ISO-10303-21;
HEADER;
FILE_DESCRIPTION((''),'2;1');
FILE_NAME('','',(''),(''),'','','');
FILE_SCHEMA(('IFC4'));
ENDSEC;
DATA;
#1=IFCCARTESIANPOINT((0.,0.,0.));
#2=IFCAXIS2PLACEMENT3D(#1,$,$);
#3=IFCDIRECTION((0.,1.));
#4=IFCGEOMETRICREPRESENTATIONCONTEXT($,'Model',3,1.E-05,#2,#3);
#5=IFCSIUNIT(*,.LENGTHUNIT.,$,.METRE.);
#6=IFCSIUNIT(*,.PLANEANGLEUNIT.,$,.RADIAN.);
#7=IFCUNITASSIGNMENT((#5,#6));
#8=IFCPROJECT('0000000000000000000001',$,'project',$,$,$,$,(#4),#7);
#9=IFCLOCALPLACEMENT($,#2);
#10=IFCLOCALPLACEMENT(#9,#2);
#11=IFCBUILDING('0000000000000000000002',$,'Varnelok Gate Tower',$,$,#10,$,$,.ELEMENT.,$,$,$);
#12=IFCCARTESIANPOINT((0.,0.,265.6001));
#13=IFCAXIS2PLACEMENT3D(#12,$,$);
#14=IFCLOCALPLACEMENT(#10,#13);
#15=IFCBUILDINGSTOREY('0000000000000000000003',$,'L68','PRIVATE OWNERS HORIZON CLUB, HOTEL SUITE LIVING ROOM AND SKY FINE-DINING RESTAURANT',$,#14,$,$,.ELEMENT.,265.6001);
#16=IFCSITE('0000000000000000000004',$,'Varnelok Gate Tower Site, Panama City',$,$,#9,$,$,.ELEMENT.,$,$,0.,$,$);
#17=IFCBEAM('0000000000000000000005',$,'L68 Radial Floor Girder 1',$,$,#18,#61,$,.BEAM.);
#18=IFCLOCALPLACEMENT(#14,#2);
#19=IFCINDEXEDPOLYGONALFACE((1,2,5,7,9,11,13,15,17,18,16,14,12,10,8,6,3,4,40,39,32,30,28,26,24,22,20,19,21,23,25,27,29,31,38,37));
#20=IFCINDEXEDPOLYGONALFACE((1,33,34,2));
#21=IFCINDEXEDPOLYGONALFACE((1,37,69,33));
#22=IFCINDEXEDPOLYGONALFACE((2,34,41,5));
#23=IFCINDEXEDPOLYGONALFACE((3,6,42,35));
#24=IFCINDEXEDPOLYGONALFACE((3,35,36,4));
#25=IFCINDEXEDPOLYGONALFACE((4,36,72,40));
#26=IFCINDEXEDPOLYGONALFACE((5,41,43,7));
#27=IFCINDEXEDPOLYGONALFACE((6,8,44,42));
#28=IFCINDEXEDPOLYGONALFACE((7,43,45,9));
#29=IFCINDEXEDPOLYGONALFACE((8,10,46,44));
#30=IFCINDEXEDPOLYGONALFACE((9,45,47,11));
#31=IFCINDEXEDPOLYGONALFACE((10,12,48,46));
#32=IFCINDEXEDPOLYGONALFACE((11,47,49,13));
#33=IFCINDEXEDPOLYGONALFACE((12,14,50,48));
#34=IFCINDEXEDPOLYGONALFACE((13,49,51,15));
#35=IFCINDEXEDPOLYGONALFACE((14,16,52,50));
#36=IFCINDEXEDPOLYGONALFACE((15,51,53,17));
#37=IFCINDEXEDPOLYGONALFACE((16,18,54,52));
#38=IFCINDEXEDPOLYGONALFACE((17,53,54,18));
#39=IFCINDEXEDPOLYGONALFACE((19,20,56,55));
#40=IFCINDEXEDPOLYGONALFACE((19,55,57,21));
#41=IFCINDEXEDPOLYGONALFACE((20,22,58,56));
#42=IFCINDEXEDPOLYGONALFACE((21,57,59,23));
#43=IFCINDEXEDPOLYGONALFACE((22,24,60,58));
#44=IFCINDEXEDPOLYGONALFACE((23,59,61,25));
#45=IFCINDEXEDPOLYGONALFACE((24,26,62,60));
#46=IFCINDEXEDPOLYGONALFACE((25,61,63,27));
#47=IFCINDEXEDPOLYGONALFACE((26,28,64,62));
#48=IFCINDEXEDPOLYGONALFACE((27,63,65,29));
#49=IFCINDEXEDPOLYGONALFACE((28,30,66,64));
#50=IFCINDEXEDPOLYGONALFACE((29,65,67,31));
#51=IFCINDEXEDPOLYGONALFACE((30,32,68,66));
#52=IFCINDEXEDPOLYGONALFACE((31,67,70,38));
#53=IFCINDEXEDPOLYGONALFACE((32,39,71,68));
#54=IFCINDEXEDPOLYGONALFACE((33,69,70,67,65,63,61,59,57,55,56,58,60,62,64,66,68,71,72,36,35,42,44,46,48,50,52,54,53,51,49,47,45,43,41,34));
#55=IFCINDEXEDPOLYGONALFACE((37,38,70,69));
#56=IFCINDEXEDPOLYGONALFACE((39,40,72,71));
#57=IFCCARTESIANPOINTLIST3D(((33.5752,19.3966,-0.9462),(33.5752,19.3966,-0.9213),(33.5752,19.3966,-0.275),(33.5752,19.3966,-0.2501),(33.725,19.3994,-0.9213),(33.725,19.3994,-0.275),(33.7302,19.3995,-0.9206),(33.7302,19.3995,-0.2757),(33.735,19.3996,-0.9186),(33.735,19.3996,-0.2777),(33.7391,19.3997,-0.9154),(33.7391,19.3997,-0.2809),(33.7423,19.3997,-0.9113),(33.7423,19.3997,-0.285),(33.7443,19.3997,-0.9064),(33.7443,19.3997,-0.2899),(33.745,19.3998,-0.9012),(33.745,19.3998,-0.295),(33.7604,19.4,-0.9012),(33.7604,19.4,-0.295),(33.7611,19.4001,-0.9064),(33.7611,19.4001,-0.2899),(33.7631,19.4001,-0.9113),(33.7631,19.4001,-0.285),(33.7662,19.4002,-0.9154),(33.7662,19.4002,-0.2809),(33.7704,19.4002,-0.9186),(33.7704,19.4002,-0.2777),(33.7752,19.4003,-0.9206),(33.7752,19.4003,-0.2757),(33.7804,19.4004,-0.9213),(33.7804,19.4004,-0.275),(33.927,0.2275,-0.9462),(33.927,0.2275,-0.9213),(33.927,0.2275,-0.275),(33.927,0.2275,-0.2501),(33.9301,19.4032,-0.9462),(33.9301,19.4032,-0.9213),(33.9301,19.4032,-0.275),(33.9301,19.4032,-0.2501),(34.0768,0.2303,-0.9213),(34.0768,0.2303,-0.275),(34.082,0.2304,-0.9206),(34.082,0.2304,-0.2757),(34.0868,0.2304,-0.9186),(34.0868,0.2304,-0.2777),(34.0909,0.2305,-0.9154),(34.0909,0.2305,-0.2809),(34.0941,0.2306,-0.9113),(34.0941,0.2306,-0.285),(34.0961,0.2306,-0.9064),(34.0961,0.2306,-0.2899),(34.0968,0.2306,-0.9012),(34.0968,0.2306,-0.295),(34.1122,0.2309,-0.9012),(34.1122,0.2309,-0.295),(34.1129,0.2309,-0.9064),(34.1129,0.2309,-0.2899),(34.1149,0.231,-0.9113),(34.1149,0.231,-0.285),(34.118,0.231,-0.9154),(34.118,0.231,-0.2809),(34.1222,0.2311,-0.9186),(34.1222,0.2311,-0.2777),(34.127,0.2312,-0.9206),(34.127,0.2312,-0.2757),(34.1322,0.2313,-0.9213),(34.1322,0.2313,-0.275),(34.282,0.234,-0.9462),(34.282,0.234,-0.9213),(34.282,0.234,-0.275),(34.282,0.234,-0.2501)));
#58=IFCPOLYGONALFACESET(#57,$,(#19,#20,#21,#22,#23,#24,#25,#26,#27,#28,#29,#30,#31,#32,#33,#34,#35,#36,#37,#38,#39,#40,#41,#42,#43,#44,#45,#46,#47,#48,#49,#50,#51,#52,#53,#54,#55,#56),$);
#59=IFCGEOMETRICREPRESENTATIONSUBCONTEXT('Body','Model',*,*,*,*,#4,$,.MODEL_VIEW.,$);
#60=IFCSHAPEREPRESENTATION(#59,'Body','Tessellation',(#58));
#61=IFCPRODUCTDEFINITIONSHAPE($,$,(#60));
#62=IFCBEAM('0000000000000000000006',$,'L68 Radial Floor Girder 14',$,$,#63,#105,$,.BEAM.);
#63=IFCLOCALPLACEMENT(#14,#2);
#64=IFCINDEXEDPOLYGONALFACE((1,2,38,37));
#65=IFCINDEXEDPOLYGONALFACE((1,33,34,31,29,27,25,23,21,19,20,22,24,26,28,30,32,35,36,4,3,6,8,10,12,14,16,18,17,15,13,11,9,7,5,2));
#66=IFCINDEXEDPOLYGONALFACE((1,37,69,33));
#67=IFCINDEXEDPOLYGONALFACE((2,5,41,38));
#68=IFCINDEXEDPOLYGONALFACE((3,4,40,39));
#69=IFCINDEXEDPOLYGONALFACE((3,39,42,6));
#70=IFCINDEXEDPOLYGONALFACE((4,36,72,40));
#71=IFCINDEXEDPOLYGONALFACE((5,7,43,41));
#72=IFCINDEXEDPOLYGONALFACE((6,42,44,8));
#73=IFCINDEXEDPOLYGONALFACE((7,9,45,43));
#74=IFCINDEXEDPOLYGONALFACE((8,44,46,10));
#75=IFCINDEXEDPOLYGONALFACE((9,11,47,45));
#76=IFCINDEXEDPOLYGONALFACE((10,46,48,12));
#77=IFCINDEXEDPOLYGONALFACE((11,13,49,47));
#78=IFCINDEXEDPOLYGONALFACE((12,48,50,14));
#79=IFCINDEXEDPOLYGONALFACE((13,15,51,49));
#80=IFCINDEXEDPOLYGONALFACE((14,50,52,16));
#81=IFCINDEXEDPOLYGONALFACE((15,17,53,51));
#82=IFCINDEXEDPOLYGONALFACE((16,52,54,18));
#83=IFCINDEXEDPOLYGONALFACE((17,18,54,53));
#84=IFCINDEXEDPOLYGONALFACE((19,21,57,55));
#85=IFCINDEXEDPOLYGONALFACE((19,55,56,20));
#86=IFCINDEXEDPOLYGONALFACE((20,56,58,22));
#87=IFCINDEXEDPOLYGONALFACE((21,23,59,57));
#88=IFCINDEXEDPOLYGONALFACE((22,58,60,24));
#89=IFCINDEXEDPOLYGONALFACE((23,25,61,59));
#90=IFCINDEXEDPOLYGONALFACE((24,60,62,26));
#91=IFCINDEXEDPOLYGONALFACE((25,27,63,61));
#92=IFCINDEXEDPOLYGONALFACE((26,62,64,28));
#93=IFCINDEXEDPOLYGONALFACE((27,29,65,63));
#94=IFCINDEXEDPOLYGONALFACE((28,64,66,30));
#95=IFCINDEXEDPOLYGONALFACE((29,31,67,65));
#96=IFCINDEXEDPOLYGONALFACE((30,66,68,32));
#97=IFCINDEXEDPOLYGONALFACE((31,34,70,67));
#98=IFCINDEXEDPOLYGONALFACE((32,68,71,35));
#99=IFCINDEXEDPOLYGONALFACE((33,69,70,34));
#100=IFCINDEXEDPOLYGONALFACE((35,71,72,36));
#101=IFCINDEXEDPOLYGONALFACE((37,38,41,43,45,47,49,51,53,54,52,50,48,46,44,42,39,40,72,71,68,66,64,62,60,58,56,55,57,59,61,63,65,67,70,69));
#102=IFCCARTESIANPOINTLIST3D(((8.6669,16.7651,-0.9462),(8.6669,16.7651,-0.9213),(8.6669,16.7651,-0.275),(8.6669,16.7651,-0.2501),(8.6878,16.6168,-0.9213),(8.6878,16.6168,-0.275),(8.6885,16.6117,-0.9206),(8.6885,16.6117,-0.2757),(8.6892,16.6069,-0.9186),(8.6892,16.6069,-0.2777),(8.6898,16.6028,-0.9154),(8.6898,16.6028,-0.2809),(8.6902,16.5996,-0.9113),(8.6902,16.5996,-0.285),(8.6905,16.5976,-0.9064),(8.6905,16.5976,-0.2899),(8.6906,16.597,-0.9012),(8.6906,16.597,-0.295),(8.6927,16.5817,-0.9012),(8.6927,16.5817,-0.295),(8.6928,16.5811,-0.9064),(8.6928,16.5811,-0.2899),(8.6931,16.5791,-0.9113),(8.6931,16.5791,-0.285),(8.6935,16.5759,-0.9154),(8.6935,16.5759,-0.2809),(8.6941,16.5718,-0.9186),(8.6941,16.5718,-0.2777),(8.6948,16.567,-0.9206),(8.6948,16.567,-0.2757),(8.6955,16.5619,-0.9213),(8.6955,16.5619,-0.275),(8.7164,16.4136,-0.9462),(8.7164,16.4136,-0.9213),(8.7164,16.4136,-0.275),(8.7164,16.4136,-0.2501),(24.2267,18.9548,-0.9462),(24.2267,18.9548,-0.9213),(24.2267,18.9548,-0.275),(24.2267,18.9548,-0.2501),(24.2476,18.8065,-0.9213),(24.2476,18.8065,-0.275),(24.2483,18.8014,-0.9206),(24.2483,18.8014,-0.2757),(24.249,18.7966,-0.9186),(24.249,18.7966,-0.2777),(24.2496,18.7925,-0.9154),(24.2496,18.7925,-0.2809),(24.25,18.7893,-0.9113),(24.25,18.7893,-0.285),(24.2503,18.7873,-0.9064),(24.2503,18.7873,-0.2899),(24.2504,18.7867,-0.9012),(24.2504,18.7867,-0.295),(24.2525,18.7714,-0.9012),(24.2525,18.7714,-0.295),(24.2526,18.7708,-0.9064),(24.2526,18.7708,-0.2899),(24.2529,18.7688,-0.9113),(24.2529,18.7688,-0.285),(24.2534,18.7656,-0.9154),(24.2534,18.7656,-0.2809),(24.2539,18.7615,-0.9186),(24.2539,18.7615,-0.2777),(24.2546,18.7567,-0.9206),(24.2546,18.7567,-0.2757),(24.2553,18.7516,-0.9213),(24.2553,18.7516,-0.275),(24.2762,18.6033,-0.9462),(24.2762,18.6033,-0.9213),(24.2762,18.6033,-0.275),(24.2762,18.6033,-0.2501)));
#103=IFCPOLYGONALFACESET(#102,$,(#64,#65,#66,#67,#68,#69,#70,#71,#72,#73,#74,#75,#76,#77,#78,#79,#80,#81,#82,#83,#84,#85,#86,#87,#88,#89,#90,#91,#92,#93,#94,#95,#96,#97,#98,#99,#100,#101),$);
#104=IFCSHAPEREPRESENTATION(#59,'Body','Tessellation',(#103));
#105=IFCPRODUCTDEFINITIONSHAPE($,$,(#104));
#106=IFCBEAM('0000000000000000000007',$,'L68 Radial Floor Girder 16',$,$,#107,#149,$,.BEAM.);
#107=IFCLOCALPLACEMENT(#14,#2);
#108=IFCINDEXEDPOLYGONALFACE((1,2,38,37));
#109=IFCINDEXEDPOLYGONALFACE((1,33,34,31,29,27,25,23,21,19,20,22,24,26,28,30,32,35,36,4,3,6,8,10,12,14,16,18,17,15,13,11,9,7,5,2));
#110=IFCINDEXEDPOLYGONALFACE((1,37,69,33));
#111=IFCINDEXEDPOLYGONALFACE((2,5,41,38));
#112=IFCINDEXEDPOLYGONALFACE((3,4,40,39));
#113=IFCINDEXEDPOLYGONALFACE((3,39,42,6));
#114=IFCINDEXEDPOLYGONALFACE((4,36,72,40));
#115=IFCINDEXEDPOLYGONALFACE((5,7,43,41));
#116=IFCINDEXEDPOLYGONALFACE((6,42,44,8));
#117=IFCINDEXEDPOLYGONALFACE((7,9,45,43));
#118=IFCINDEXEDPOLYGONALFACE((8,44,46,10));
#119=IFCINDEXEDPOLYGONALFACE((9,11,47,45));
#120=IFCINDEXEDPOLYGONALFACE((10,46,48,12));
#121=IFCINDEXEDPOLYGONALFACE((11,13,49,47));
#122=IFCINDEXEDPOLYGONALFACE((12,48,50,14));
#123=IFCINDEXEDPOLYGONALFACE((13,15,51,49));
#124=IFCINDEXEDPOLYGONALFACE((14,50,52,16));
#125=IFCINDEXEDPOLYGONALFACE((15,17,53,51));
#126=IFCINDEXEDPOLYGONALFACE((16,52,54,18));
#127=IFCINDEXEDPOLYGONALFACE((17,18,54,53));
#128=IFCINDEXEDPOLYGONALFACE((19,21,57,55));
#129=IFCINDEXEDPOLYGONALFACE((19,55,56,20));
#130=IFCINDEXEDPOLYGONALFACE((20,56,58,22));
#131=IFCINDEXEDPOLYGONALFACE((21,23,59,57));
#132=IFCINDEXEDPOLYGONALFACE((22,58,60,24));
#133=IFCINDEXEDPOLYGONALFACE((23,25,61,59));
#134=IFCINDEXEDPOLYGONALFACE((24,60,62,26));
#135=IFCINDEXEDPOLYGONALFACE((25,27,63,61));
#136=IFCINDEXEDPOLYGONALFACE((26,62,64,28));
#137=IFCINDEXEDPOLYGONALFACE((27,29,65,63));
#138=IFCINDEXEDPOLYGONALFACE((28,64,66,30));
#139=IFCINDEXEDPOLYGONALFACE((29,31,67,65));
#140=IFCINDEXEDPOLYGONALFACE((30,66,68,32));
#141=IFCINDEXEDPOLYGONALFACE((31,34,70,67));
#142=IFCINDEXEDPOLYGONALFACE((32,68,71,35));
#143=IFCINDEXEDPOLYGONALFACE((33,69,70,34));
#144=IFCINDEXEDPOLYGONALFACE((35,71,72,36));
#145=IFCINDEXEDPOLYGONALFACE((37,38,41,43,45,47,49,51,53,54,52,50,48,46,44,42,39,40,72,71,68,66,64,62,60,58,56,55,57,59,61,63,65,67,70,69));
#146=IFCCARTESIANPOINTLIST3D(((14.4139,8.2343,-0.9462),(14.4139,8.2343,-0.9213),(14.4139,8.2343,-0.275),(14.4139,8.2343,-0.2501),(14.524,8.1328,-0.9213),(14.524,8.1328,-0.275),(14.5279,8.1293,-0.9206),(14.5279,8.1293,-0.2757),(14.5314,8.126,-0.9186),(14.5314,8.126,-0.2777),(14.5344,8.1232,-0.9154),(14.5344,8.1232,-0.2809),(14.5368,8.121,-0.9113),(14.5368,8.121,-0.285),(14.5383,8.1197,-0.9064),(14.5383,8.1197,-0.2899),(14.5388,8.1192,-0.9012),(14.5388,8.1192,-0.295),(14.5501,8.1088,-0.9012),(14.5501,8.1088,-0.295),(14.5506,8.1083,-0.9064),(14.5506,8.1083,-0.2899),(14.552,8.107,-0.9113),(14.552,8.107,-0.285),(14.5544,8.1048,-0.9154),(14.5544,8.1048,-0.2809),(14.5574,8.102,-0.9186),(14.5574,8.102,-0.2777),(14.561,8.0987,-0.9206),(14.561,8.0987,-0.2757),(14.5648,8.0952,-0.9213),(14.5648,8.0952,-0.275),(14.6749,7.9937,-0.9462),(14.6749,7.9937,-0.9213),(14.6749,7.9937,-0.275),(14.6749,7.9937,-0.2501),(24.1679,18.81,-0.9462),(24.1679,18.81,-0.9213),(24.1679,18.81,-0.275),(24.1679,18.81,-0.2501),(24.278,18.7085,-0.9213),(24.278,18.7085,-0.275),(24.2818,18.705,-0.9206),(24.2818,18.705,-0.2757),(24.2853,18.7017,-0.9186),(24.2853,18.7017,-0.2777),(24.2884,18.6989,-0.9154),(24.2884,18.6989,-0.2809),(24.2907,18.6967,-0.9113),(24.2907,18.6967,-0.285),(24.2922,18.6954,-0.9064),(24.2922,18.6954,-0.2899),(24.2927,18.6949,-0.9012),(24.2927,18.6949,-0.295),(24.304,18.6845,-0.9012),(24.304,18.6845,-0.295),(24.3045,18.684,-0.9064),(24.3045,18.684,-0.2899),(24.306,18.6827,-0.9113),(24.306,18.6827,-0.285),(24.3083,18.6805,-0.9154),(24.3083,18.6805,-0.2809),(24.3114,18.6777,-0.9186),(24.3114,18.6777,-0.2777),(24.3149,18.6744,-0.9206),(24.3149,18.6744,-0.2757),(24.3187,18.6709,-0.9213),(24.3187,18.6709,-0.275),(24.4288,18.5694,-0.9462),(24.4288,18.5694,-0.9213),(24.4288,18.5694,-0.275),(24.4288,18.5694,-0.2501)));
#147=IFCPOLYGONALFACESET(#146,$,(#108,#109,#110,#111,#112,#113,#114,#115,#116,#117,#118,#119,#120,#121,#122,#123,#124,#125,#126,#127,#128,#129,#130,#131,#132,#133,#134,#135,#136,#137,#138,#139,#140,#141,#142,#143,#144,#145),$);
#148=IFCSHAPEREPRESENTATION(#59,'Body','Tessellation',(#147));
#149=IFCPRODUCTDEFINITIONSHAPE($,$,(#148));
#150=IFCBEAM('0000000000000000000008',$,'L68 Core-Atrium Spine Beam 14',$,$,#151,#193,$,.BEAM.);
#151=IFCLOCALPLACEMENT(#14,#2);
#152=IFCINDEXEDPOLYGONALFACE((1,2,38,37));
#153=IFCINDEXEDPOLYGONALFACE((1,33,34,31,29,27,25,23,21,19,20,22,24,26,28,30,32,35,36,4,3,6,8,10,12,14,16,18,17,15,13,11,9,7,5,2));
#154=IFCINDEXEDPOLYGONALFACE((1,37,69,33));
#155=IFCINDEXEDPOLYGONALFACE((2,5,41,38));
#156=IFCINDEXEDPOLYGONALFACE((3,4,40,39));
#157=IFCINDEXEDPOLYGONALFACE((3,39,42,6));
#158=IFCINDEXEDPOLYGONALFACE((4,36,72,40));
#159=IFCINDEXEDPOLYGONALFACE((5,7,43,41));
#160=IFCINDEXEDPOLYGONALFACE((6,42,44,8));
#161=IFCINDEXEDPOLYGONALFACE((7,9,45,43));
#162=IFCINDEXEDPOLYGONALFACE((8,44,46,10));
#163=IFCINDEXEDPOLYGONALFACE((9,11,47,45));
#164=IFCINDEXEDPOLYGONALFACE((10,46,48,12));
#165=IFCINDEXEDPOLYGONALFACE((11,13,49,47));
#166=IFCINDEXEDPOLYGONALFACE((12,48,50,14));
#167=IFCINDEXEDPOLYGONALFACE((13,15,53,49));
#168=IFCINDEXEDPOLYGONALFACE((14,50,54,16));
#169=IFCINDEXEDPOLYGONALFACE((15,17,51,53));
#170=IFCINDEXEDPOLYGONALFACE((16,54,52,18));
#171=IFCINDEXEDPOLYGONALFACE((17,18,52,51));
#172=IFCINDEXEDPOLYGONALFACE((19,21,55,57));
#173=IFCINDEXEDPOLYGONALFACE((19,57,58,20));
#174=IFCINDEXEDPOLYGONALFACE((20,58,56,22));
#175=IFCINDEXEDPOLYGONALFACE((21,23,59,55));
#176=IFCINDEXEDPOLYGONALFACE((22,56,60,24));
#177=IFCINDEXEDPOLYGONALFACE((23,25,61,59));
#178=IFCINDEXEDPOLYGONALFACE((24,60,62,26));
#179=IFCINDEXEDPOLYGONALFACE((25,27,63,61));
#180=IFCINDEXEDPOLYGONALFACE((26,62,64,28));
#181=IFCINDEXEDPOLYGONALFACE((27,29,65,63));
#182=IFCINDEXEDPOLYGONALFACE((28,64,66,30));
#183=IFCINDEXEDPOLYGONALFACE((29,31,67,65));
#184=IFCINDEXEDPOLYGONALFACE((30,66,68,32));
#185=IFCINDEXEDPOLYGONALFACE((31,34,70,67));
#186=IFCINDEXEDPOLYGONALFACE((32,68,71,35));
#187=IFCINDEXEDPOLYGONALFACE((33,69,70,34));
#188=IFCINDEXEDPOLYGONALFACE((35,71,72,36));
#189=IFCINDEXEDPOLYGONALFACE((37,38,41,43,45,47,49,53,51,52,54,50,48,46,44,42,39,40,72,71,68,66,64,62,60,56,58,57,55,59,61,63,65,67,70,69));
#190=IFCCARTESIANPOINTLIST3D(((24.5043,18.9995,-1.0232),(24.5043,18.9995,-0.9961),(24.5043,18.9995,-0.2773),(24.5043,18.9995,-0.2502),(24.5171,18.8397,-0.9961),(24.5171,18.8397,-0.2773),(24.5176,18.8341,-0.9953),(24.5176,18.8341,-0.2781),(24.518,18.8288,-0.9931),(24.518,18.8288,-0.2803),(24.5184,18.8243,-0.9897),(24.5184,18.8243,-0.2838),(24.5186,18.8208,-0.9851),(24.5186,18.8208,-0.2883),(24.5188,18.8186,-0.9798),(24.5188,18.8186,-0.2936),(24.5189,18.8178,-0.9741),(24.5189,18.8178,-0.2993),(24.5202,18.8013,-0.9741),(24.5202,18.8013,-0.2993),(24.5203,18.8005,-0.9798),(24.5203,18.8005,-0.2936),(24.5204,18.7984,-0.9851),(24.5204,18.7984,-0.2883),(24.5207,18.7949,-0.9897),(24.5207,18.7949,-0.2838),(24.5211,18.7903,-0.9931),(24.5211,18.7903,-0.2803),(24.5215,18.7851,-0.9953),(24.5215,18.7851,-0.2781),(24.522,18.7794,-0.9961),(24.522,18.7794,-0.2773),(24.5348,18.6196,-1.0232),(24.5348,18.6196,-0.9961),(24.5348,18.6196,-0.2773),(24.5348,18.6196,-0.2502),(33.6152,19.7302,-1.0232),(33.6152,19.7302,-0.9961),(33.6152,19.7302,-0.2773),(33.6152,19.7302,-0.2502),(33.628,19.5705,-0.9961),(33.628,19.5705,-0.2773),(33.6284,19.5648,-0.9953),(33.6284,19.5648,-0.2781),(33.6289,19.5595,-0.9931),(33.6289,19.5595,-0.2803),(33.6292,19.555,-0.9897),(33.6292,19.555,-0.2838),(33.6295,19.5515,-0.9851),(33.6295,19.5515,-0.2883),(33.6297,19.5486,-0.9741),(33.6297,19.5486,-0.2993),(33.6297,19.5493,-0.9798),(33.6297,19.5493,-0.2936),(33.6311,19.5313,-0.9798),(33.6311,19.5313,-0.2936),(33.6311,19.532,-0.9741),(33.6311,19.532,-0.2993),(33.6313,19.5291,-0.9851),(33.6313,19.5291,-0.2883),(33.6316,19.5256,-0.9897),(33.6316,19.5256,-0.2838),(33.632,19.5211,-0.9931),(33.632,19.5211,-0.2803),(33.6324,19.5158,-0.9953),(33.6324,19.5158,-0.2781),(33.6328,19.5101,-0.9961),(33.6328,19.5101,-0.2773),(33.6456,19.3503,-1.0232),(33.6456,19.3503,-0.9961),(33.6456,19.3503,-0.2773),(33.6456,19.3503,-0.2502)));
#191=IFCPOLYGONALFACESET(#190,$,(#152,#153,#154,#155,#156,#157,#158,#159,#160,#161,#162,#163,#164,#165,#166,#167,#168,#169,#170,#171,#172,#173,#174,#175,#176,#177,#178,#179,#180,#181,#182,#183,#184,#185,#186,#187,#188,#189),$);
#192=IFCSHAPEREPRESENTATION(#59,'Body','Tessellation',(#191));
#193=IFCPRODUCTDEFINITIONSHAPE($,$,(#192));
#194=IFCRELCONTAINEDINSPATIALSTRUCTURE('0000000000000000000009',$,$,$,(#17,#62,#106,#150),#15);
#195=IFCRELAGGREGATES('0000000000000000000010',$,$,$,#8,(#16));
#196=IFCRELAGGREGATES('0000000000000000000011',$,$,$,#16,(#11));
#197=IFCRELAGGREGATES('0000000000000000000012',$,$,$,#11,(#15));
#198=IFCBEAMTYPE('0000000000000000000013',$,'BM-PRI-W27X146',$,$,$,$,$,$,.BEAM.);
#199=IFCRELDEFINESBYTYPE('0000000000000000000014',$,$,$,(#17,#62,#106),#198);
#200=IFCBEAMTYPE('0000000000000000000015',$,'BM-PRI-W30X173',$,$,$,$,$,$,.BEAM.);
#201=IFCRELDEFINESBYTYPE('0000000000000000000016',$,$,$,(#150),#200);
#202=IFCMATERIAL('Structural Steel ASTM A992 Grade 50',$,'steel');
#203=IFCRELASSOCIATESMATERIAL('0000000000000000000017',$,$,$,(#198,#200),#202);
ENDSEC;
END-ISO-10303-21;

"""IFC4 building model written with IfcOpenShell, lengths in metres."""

from ifc_helpers import new_model, si_unit, direction, frame, origin, origin_2d, place, context, subcontext, project, spatial, i_section, extrude, material, material_profile, profile_set, type_object, element, save


model = new_model("IFC4")

# Units and contexts
model_context = context("Model", 3, precision=1e-05, world=origin(), true_north=direction((0.0, 1.0)))
body_context = subcontext(model_context, "Body", "Model", "MODEL_VIEW")
ifc_project = project(units=[si_unit("LENGTHUNIT", "METRE"), si_unit("PLANEANGLEUNIT", "RADIAN")], contexts=[model_context])

# Site, building, storey
site_placement = place(None, origin())
site = spatial("IfcSite", under=ifc_project, at=site_placement, Name="Varnelok Gate Tower Site, Panama City", CompositionType="ELEMENT", RefElevation=0.0)
building_placement = place(site_placement, origin())
building = spatial("IfcBuilding", under=site, at=building_placement, Name="Varnelok Gate Tower", CompositionType="ELEMENT")
storey_placement = place(building_placement, frame((0.0, 0.0, 265.6001)))
storey = spatial("IfcBuildingStorey", under=building, at=storey_placement, Name="L68", Description="PRIVATE OWNERS HORIZON CLUB, HOTEL SUITE LIVING ROOM AND SKY FINE-DINING RESTAURANT", CompositionType="ELEMENT", Elevation=265.6001)

# Shared definitions
ifc_material_1 = material(Name="Structural Steel ASTM A992 Grade 50", Category="steel")

# Beams
ifc_material_profile_1 = material_profile(ifc_material_1, i_section(OverallWidth=0.355, OverallDepth=0.696, WebThickness=0.0154, FlangeThickness=0.0249, FilletRadius=0.02, at=origin_2d()), Name="W27X146")
ifc_profile_set_1 = profile_set([ifc_material_profile_1], Name="Structural Steel ASTM A992 Grade 50")
beam_type_1 = type_object("IfcBeamType", Name="BM-PRI-W27X146", PredefinedType="BEAM", material=ifc_profile_set_1)
beam_1_placement = place(storey_placement, frame((33.7527, 19.3999, -0.5981), z_axis=(0.01835, -0.999832, 0.0), x_axis=(0.999832, 0.01835, 0.0)))
element("IfcBeam", 1, at=beam_1_placement, inside=storey, type_object=beam_type_1, Name="L68 Radial Floor Girder 1", PredefinedType="BEAM", context=body_context, shape_type="SweptSolid", body=[
    extrude(i_section(OverallWidth=0.355, OverallDepth=0.696, WebThickness=0.0154, FlangeThickness=0.0249, FilletRadius=0.02, at=origin_2d()), origin(), (0.0, 0.0, 1.0), 19.1724),
])
beam_2_placement = place(storey_placement, frame((24.2515, 18.7791, -0.5981), z_axis=(-0.990243, -0.139355, 0.0), x_axis=(0.139355, -0.990243, 0.0)))
element("IfcBeam", 2, at=beam_2_placement, inside=storey, type_object=beam_type_1, Name="L68 Radial Floor Girder 14", PredefinedType="BEAM", context=body_context, shape_type="SweptSolid", body=[
    extrude(i_section(OverallWidth=0.355, OverallDepth=0.696, WebThickness=0.0154, FlangeThickness=0.0249, FilletRadius=0.02, at=origin_2d()), origin(), (0.0, 0.0, 1.0), 15.7131),
])
beam_3_placement = place(storey_placement, frame((24.2983, 18.6897, -0.5981), z_axis=(-0.67797, -0.73509, 0.0), x_axis=(0.73509, -0.67797, 0.0)))
element("IfcBeam", 3, at=beam_3_placement, inside=storey, type_object=beam_type_1, Name="L68 Radial Floor Girder 16", PredefinedType="BEAM", context=body_context, shape_type="SweptSolid", body=[
    extrude(i_section(OverallWidth=0.355, OverallDepth=0.696, WebThickness=0.0154, FlangeThickness=0.0249, FilletRadius=0.02, at=origin_2d()), origin(), (0.0, 0.0, 1.0), 14.387),
])
ifc_material_profile_2 = material_profile(ifc_material_1, i_section(OverallWidth=0.3811, OverallDepth=0.7729, WebThickness=0.0166, FlangeThickness=0.0271, FilletRadius=0.022, at=origin_2d()), Name="W30X173")
ifc_profile_set_2 = profile_set([ifc_material_profile_2], Name="Structural Steel ASTM A992 Grade 50")
beam_type_2 = type_object("IfcBeamType", Name="BM-PRI-W30X173", PredefinedType="BEAM", material=ifc_profile_set_2)
beam_4_placement = place(storey_placement, frame((24.5195, 18.8096, -0.6367), z_axis=(0.996799, 0.079946, 0.0), x_axis=(-0.079946, 0.996799, 0.0)))
element("IfcBeam", 4, at=beam_4_placement, inside=storey, type_object=beam_type_2, Name="L68 Core-Atrium Spine Beam 14", PredefinedType="BEAM", context=body_context, shape_type="SweptSolid", body=[
    extrude(i_section(OverallWidth=0.3811, OverallDepth=0.7729, WebThickness=0.0166, FlangeThickness=0.0271, FilletRadius=0.022, at=origin_2d()), origin(), (0.0, 0.0, 1.0), 9.1401),
])

save(model, "model.ifc")
